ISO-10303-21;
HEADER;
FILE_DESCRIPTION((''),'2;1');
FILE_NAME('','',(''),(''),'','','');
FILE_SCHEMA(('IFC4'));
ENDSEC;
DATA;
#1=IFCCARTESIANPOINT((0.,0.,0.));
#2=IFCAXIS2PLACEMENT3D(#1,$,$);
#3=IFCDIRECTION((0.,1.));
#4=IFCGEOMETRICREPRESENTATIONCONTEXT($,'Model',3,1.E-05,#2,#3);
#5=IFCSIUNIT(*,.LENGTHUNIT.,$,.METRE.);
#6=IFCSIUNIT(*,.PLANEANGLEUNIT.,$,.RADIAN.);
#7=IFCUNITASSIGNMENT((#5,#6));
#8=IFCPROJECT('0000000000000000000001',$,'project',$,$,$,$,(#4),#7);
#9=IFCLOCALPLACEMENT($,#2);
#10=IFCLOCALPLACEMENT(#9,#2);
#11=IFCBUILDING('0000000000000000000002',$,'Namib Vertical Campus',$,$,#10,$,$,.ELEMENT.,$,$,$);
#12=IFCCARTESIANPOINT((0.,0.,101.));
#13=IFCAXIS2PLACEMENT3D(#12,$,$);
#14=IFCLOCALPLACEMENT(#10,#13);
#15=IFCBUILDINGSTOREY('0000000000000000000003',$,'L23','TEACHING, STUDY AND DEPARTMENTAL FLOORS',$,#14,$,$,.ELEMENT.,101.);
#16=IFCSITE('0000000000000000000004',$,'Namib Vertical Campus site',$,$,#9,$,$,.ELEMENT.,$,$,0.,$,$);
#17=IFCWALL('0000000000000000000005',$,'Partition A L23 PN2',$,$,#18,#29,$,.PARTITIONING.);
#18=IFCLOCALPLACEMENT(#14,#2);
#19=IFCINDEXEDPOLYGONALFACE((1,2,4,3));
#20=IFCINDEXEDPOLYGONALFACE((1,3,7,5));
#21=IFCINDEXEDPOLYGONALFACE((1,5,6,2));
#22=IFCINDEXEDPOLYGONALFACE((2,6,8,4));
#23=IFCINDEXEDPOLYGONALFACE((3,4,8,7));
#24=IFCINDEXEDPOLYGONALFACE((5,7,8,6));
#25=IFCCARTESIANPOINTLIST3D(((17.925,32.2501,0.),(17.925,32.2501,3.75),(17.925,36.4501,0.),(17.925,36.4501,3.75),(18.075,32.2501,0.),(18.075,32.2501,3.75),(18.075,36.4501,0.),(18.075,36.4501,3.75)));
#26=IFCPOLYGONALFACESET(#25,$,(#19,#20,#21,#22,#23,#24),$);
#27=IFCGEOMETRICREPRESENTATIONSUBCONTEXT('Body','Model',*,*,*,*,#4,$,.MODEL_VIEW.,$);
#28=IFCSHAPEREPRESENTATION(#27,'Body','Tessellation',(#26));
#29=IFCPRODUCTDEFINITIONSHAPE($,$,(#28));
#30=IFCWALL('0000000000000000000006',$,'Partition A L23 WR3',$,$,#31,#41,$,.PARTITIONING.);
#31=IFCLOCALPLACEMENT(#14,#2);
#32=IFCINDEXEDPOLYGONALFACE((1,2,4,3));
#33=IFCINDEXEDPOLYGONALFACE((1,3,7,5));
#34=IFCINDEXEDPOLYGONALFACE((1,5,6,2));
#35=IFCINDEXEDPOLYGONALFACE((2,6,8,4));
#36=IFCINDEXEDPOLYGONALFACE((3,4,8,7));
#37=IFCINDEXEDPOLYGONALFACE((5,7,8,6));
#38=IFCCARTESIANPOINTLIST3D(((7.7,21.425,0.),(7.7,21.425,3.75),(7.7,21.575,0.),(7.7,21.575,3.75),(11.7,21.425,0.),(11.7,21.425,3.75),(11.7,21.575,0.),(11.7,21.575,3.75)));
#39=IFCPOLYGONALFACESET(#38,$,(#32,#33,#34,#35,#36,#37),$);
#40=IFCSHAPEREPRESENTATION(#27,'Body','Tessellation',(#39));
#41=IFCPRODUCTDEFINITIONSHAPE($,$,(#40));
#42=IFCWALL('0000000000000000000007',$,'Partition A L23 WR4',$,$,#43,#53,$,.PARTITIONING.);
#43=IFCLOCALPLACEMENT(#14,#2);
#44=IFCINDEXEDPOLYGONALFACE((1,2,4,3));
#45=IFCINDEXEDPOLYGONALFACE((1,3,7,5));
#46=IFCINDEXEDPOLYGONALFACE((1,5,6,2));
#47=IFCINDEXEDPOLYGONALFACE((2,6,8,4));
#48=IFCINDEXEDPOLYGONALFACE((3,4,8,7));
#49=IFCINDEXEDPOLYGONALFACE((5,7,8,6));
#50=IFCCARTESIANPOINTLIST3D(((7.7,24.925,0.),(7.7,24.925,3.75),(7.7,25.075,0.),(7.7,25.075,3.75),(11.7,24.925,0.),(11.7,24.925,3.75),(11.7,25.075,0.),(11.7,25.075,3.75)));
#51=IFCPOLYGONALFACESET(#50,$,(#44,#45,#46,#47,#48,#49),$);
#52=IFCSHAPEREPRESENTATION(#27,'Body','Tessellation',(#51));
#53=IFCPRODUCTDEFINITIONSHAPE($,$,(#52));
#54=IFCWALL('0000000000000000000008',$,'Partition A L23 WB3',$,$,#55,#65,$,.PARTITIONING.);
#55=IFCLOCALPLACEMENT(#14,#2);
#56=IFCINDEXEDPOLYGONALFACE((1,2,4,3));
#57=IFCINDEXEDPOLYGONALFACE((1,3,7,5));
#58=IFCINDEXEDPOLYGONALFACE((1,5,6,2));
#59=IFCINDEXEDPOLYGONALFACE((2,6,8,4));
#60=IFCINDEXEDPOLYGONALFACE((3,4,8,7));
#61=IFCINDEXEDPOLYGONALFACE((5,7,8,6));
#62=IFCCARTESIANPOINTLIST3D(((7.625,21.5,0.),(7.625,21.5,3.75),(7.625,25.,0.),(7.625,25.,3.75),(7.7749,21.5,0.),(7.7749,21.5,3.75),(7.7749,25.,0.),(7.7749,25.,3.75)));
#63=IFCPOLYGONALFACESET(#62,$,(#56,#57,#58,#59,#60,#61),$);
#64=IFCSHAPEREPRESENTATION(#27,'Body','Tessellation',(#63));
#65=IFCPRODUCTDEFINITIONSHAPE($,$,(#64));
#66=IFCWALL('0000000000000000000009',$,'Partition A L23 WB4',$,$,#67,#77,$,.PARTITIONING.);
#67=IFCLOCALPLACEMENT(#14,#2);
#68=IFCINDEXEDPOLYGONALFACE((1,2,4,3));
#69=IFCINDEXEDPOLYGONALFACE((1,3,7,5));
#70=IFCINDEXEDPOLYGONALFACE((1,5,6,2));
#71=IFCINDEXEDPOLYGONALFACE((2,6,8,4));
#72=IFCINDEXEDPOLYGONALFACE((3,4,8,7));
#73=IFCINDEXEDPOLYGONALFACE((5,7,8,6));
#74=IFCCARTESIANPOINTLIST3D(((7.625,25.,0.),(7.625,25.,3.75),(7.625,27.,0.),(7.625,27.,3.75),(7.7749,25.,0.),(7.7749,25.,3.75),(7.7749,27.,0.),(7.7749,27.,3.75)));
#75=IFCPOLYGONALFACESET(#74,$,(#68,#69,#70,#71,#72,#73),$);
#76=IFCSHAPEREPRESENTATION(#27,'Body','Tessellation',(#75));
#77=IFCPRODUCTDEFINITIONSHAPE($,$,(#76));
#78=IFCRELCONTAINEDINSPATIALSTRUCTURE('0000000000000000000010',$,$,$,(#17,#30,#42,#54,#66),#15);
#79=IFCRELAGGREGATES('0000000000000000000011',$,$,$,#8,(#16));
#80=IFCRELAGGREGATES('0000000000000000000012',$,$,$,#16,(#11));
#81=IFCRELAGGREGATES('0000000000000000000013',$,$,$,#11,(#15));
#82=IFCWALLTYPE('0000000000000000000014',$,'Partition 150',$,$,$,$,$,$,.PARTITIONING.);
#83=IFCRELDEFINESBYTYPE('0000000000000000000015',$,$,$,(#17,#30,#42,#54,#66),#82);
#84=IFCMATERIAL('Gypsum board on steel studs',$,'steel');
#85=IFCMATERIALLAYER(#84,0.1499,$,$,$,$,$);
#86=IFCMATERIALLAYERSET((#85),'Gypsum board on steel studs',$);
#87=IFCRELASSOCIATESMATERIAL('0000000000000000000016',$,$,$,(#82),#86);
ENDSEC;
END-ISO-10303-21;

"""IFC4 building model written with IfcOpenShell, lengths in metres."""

from ifc_helpers import new_model, si_unit, direction, frame, frame_2d, origin, place, context, subcontext, project, spatial, rectangle, extrude, material, layer, layer_set, type_object, element, save


model = new_model("IFC4")

# Units and contexts
model_context = context("Model", 3, precision=1e-05, world=origin(), true_north=direction((0.0, 1.0)))
body_context = subcontext(model_context, "Body", "Model", "MODEL_VIEW")
ifc_project = project(units=[si_unit("LENGTHUNIT", "METRE"), si_unit("PLANEANGLEUNIT", "RADIAN")], contexts=[model_context])

# Site, building, storey
site_placement = place(None, origin())
site = spatial("IfcSite", under=ifc_project, at=site_placement, Name="Namib Vertical Campus site", CompositionType="ELEMENT", RefElevation=0.0)
building_placement = place(site_placement, origin())
building = spatial("IfcBuilding", under=site, at=building_placement, Name="Namib Vertical Campus", CompositionType="ELEMENT")
storey_placement = place(building_placement, frame((0.0, 0.0, 101.0)))
storey = spatial("IfcBuildingStorey", under=building, at=storey_placement, Name="L23", Description="TEACHING, STUDY AND DEPARTMENTAL FLOORS", CompositionType="ELEMENT", Elevation=101.0)

# Walls
ifc_material_1 = material(Name="Gypsum board on steel studs", Category="steel")
ifc_layer_1 = layer(ifc_material_1, 0.1499)
ifc_layer_set_1 = layer_set([ifc_layer_1], Name="Gypsum board on steel studs")
wall_type_1 = type_object("IfcWallType", Name="Partition 150", PredefinedType="PARTITIONING", material=ifc_layer_set_1)
wall_1_placement = place(storey_placement, frame((18.0, 32.25, 0.0), z_axis=(0.0, 0.0, 1.0), x_axis=(0.0, 1.0, 0.0)))
element("IfcWall", 1, at=wall_1_placement, inside=storey, type_object=wall_type_1, Name="Partition A L23 PN2", PredefinedType="PARTITIONING", context=body_context, shape_type="SweptSolid", body=[
    extrude(rectangle(XDim=4.2, YDim=0.1499, at=frame_2d((2.1001, 0.0))), origin(), (0.0, 0.0, 1.0), 3.75),
])
for number, where, z_axis, x_axis, name in (
    (2, (11.7, 21.5, 0.0), (0.0, 0.0, 1.0), (-1.0, 0.0, 0.0), "Partition A L23 WR3"),
    (3, (11.7, 25.0, 0.0), (0.0, 0.0, 1.0), (-1.0, 0.0, 0.0), "Partition A L23 WR4"),
):
    element("IfcWall", number, at=place(storey_placement, frame(where, z_axis=z_axis, x_axis=x_axis)), inside=storey, type_object=wall_type_1, Name=name, PredefinedType="PARTITIONING", context=body_context, shape_type="SweptSolid", body=[
        extrude(rectangle(XDim=4.0, YDim=0.1499, at=frame_2d((2.0, 0.0))), origin(), (0.0, 0.0, 1.0), 3.75),
    ])
wall_2_placement = place(storey_placement, frame((7.7, 21.5, 0.0), z_axis=(0.0, 0.0, 1.0), x_axis=(0.0, 1.0, 0.0)))
element("IfcWall", 4, at=wall_2_placement, inside=storey, type_object=wall_type_1, Name="Partition A L23 WB3", PredefinedType="PARTITIONING", context=body_context, shape_type="SweptSolid", body=[
    extrude(rectangle(XDim=3.5, YDim=0.1499, at=frame_2d((1.75, 0.0))), origin(), (0.0, 0.0, 1.0), 3.75),
])
wall_3_placement = place(storey_placement, frame((7.7, 25.0, 0.0), z_axis=(0.0, 0.0, 1.0), x_axis=(0.0, 1.0, 0.0)))
element("IfcWall", 5, at=wall_3_placement, inside=storey, type_object=wall_type_1, Name="Partition A L23 WB4", PredefinedType="PARTITIONING", context=body_context, shape_type="SweptSolid", body=[
    extrude(rectangle(XDim=2.0, YDim=0.1499, at=frame_2d((1.0, 0.0))), origin(), (0.0, 0.0, 1.0), 3.75),
])

save(model, "model.ifc")
